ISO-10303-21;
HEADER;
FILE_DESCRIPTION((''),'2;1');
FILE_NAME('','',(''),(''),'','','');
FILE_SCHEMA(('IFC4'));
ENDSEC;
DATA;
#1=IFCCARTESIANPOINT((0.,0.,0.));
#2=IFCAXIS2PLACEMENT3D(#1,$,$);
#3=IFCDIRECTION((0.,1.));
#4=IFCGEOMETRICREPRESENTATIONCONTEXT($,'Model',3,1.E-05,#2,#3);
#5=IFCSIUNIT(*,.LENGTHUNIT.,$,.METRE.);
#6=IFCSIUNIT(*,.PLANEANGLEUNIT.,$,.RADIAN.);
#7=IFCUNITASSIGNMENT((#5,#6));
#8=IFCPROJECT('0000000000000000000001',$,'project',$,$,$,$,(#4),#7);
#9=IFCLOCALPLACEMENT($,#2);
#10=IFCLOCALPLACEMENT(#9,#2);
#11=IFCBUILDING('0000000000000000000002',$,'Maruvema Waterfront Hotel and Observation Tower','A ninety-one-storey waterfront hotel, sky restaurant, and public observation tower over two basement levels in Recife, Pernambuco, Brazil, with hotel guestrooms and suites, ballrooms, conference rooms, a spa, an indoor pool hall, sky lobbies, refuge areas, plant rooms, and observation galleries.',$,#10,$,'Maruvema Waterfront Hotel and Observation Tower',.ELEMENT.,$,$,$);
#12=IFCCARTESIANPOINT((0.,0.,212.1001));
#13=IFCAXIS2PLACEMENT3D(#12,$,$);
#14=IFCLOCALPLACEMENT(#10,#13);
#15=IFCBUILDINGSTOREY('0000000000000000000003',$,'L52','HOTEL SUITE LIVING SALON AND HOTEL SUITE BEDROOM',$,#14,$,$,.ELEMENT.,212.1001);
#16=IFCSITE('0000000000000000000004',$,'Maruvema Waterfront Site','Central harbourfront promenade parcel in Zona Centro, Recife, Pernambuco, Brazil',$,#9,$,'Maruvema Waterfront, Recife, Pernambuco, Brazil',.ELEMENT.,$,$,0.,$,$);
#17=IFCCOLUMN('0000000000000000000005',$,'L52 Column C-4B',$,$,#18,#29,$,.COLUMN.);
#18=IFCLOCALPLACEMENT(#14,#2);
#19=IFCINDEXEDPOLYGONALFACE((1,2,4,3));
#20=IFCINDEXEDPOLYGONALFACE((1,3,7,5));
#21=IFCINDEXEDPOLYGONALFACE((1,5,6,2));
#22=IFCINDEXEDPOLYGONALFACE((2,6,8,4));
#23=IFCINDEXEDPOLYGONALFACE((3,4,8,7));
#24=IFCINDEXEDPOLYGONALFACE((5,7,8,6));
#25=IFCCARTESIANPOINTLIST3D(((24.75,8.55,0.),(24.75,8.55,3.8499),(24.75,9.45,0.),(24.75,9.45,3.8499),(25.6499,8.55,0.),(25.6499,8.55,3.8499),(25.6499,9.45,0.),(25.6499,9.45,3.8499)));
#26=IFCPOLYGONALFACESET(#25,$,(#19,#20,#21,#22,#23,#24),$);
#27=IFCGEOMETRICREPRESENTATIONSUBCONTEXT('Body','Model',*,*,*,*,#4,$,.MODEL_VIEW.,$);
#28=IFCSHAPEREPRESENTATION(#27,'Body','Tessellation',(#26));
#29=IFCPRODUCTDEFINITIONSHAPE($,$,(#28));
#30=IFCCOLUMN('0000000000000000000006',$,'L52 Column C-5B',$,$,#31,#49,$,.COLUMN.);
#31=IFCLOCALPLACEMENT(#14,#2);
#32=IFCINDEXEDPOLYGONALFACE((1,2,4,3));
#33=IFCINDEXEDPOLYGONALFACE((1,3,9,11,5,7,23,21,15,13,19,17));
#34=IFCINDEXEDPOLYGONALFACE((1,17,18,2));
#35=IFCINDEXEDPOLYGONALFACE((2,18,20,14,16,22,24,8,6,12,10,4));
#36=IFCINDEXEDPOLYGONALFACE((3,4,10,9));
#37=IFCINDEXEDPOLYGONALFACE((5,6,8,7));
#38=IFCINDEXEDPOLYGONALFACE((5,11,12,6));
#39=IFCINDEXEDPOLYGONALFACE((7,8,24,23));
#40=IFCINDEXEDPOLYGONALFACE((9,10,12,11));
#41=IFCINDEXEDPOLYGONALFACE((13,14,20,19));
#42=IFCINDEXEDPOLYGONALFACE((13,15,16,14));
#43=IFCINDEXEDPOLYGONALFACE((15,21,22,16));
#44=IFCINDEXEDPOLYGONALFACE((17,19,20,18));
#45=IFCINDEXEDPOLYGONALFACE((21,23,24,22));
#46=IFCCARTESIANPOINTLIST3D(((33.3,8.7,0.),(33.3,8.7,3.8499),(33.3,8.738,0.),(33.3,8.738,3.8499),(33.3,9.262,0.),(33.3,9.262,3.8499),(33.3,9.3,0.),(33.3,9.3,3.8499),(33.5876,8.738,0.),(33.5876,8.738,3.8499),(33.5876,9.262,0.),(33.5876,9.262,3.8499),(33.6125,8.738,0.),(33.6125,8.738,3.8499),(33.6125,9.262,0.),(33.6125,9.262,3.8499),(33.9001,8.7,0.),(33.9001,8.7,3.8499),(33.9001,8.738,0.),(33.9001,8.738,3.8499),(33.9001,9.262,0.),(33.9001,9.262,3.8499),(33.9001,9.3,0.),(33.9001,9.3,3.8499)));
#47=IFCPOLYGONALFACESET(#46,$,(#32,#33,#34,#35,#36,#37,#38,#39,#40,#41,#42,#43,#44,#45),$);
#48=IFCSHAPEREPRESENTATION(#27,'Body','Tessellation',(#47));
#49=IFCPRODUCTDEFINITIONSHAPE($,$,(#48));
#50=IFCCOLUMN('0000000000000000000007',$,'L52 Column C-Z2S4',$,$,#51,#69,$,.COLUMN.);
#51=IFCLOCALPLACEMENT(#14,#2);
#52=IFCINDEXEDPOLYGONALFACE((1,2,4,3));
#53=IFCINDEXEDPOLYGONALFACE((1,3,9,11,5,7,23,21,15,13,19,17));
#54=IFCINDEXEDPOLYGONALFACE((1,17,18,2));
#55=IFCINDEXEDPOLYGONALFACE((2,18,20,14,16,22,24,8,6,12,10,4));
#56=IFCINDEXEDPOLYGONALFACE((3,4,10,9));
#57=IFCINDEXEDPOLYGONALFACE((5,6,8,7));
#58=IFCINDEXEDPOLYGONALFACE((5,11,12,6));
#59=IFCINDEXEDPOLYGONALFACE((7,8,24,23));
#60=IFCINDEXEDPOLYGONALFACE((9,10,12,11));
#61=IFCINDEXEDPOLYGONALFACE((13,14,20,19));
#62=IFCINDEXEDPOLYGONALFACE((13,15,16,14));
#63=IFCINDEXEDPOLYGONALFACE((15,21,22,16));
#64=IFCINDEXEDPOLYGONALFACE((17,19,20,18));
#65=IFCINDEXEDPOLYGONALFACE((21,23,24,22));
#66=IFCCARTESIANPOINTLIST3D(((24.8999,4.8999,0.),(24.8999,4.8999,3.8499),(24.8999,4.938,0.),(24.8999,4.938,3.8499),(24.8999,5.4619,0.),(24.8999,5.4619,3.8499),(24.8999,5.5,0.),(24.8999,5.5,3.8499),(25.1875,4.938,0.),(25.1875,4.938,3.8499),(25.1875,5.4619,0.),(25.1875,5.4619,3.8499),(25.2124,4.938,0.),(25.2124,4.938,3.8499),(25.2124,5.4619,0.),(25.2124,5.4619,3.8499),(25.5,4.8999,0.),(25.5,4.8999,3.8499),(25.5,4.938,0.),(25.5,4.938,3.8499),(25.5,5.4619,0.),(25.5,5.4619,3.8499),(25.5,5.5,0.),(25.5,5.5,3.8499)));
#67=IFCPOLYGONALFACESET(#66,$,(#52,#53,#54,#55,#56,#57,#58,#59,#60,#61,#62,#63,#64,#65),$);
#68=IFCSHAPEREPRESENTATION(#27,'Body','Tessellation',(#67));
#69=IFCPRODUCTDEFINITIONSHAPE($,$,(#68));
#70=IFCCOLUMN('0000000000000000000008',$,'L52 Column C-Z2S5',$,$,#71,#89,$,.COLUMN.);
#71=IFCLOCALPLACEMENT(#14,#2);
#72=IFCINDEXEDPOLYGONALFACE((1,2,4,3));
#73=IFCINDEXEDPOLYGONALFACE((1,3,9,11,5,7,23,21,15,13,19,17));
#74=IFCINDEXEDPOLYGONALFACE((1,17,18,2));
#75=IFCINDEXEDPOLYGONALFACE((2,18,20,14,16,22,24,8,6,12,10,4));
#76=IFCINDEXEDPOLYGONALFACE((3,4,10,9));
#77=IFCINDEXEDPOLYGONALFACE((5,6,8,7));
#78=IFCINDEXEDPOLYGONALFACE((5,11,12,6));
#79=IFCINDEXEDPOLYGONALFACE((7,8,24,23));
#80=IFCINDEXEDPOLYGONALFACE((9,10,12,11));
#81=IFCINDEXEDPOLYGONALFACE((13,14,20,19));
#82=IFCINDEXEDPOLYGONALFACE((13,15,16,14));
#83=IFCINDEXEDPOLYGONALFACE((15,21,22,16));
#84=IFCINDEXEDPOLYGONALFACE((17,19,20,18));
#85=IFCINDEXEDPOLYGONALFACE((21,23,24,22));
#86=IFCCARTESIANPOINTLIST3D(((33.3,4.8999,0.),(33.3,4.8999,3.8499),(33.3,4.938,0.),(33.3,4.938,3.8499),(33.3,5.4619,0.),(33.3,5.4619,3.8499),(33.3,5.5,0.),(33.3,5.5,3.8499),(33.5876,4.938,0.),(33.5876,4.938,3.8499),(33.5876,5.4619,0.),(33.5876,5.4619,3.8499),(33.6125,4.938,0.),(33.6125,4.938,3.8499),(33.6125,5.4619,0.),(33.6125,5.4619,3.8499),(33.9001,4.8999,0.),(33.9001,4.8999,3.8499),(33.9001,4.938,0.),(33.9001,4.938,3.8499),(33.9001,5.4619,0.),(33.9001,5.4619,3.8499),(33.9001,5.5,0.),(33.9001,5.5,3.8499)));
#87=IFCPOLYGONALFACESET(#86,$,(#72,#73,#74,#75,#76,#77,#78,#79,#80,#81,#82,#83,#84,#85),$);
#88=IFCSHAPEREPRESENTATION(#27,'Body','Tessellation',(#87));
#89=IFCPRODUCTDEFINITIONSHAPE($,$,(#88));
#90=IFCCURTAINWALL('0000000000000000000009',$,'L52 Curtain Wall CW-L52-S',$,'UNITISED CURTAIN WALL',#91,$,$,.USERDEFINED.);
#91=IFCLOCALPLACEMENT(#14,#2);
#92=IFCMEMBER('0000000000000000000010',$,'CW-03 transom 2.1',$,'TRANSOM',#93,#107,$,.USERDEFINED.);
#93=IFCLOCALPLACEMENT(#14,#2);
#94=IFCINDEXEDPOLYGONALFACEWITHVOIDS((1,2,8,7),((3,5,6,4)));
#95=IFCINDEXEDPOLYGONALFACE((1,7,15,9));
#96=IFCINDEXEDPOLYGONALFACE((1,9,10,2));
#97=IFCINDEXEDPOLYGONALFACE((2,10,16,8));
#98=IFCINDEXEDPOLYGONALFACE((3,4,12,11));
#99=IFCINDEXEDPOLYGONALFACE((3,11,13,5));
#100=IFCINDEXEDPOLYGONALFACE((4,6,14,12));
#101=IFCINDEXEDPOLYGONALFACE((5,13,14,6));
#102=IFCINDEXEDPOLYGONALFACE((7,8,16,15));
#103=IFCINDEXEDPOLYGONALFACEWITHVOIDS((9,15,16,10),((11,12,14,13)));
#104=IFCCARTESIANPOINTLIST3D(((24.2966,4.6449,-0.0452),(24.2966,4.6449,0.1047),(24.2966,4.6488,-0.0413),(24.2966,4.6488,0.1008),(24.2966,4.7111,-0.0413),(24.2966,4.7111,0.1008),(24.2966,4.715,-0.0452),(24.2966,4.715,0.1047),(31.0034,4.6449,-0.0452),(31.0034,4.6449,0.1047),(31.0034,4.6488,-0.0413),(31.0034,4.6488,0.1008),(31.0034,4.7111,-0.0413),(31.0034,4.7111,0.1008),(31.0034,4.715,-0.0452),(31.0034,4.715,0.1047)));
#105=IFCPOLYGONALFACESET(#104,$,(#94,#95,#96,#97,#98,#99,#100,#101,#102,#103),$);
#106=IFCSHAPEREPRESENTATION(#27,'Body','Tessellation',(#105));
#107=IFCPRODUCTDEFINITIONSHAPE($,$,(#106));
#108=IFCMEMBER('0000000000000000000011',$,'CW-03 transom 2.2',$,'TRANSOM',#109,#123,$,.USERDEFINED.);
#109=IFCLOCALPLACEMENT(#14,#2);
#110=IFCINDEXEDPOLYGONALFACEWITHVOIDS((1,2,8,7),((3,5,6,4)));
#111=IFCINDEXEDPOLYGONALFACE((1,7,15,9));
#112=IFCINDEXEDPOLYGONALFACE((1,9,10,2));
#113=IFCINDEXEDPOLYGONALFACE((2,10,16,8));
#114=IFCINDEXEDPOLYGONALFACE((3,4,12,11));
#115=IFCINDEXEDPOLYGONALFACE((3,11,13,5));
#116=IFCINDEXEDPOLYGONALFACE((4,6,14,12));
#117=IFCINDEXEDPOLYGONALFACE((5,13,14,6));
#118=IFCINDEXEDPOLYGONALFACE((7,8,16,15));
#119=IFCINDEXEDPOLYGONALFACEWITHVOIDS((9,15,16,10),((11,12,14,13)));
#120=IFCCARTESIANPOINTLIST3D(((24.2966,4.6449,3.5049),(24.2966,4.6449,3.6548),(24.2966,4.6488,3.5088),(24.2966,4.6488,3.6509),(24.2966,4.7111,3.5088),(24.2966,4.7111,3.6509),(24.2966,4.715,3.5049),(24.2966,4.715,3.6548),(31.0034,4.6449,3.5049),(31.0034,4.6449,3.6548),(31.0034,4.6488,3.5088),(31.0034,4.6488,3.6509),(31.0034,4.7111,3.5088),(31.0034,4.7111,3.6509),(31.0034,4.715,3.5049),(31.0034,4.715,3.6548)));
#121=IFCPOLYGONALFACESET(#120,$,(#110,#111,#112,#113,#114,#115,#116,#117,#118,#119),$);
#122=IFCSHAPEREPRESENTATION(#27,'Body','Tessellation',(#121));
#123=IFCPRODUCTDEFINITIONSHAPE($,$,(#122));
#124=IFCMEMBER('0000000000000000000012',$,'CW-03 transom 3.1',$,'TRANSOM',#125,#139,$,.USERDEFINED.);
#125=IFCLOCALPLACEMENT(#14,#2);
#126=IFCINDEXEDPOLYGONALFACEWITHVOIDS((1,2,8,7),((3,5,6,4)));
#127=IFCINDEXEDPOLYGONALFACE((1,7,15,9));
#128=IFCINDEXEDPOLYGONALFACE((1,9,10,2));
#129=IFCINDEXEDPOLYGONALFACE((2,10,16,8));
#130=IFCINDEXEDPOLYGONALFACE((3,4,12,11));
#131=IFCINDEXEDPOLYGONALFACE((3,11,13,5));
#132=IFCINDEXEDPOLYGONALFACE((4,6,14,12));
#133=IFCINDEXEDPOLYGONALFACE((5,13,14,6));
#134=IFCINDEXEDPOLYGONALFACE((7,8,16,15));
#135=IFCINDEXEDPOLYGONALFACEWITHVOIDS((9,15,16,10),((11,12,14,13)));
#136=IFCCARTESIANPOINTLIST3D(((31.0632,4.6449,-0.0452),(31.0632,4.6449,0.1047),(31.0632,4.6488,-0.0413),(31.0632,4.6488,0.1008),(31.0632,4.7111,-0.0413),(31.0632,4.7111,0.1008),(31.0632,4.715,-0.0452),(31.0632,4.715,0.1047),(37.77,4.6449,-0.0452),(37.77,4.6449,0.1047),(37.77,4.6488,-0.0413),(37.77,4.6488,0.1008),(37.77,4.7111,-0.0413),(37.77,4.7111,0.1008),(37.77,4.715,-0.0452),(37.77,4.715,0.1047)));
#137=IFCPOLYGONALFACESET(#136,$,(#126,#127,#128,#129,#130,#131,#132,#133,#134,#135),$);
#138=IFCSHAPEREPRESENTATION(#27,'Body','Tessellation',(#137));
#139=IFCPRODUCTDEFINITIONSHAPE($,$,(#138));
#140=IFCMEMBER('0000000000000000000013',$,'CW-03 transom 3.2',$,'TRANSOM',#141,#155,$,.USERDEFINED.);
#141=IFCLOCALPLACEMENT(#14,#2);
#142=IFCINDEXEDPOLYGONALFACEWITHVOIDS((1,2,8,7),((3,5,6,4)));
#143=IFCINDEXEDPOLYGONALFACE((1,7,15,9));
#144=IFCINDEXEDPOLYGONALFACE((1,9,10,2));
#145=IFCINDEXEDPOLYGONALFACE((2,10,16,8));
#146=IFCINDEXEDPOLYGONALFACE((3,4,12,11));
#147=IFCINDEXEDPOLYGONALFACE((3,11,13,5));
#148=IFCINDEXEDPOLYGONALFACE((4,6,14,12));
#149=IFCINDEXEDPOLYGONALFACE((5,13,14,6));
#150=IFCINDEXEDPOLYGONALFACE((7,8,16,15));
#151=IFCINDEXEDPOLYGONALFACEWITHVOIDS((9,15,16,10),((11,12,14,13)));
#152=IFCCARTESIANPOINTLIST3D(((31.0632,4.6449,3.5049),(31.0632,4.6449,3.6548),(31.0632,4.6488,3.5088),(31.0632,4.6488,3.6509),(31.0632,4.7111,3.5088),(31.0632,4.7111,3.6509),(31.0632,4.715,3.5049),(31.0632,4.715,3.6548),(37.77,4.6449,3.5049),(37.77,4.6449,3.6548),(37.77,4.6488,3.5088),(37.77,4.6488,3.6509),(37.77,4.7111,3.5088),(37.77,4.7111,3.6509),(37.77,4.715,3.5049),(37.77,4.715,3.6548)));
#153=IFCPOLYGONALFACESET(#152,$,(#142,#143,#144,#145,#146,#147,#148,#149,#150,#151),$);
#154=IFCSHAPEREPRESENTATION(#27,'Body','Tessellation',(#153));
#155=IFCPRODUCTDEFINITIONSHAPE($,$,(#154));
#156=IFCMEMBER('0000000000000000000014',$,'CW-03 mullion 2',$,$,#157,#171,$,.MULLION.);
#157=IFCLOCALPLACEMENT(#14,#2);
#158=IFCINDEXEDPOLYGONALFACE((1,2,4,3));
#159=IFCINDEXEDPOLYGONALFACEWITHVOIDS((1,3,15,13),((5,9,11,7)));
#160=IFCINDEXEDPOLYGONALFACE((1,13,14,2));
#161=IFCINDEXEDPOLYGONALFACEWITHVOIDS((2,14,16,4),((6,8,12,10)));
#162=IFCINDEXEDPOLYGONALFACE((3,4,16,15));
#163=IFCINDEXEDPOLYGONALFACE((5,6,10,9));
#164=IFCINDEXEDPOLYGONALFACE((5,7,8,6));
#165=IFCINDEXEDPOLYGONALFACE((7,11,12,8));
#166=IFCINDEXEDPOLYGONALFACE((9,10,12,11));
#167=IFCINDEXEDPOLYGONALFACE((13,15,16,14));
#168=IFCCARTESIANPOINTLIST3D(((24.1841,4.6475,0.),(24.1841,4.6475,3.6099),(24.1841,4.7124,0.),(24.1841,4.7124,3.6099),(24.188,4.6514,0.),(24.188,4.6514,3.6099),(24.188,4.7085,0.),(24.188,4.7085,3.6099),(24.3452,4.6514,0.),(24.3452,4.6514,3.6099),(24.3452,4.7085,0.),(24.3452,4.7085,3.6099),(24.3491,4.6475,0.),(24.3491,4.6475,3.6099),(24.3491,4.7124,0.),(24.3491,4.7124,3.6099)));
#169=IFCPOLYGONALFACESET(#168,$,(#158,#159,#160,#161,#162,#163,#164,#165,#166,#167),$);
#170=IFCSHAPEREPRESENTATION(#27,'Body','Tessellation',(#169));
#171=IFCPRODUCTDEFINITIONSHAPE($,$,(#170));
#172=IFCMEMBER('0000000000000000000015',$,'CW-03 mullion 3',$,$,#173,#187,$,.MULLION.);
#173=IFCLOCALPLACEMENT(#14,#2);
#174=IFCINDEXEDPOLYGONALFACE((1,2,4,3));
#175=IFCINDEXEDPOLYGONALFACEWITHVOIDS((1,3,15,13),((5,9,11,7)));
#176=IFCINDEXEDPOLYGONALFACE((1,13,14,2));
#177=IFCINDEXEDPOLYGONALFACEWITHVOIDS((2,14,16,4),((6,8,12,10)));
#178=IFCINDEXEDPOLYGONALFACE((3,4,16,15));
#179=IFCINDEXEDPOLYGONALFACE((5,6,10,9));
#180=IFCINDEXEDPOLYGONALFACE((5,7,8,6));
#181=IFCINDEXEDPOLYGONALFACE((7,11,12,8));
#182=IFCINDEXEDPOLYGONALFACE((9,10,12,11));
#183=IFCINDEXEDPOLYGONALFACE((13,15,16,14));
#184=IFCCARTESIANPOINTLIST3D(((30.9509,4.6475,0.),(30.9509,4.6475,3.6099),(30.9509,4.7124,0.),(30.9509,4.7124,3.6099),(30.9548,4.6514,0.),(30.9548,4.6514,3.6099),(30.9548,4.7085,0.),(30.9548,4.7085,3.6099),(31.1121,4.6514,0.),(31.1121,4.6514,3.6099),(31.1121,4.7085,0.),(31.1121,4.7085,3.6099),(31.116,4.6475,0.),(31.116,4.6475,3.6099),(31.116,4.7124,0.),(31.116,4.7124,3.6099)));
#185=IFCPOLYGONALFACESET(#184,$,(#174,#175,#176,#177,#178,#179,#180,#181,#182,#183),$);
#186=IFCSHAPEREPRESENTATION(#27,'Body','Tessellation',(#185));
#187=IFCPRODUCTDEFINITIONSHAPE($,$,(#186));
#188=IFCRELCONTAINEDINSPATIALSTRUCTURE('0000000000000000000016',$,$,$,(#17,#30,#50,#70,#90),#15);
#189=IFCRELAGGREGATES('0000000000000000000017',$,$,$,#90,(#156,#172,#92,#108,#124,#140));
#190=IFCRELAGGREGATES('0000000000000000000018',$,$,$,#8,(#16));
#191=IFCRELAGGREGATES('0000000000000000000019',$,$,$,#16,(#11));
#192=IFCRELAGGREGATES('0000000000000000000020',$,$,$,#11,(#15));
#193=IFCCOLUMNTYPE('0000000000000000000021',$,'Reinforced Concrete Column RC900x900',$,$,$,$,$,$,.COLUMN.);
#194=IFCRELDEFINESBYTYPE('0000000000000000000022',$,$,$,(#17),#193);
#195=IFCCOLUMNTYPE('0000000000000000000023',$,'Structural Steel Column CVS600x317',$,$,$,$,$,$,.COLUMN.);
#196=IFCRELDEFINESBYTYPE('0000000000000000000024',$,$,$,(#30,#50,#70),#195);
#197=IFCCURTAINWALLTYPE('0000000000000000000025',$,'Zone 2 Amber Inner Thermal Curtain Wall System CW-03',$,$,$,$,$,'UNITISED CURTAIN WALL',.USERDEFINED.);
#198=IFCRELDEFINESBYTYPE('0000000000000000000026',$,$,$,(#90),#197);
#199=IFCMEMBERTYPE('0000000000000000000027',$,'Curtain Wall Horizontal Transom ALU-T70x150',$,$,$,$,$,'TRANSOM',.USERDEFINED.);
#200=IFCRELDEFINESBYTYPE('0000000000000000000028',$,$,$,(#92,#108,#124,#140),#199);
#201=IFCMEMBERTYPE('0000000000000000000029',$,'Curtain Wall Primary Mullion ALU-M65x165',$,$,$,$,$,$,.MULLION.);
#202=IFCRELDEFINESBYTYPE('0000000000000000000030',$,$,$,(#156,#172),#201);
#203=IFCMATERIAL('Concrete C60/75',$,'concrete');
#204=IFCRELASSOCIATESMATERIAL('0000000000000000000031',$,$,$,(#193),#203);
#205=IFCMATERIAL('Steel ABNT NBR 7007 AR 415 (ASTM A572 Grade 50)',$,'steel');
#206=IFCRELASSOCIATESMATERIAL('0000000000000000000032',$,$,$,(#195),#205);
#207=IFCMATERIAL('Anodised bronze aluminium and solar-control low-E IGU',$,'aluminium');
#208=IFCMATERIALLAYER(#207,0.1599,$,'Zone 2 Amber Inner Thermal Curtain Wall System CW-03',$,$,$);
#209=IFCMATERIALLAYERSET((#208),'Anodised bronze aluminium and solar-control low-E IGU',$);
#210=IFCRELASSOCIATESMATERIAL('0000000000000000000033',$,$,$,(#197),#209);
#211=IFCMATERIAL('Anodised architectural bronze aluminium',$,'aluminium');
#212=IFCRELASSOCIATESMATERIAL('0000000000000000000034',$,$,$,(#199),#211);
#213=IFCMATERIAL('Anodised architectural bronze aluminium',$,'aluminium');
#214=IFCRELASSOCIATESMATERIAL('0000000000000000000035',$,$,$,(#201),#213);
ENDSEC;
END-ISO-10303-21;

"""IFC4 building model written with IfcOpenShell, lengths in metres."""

from ifc_helpers import new_model, si_unit, direction, frame, origin, origin_2d, place, context, subcontext, project, spatial, rectangle, hollow_rectangle, i_section, extrude, material, layer, layer_set, material_profile, profile_set, type_object, element, aggregate, save


model = new_model("IFC4")

# Units and contexts
model_context = context("Model", 3, precision=1e-05, world=origin(), true_north=direction((0.0, 1.0)))
body_context = subcontext(model_context, "Body", "Model", "MODEL_VIEW")
ifc_project = project(units=[si_unit("LENGTHUNIT", "METRE"), si_unit("PLANEANGLEUNIT", "RADIAN")], contexts=[model_context])

# Site, building, storey
site_placement = place(None, origin())
site = spatial("IfcSite", under=ifc_project, at=site_placement, Name="Maruvema Waterfront Site", Description="Central harbourfront promenade parcel in Zona Centro, Recife, Pernambuco, Brazil", LongName="Maruvema Waterfront, Recife, Pernambuco, Brazil", CompositionType="ELEMENT", RefElevation=0.0)
building_placement = place(site_placement, origin())
building = spatial("IfcBuilding", under=site, at=building_placement, Name="Maruvema Waterfront Hotel and Observation Tower", Description="A ninety-one-storey waterfront hotel, sky restaurant, and public observation tower over two basement levels in Recife, Pernambuco, Brazil, with hotel guestrooms and suites, ballrooms, conference rooms, a spa, an indoor pool hall, sky lobbies, refuge areas, plant rooms, and observation galleries.", LongName="Maruvema Waterfront Hotel and Observation Tower", CompositionType="ELEMENT")
storey_placement = place(building_placement, frame((0.0, 0.0, 212.1001)))
storey = spatial("IfcBuildingStorey", under=building, at=storey_placement, Name="L52", Description="HOTEL SUITE LIVING SALON AND HOTEL SUITE BEDROOM", CompositionType="ELEMENT", Elevation=212.1001)

# Columns
ifc_material_1 = material(Name="Concrete C60/75", Category="concrete")
ifc_material_profile_1 = material_profile(ifc_material_1, rectangle(XDim=0.8999, YDim=0.8999, at=origin_2d()), Name="RC900x900")
ifc_profile_set_1 = profile_set([ifc_material_profile_1], Name="Concrete C60/75")
column_type_1 = type_object("IfcColumnType", Name="Reinforced Concrete Column RC900x900", PredefinedType="COLUMN", material=ifc_profile_set_1)
column_placement = place(storey_placement, frame((25.2, 9.0, 0.0), z_axis=(0.0, 0.0, 1.0), x_axis=(1.0, 0.0, 0.0)))
element("IfcColumn", 1, at=column_placement, inside=storey, type_object=column_type_1, Name="L52 Column C-4B", PredefinedType="COLUMN", context=body_context, shape_type="SweptSolid", body=[
    extrude(rectangle(XDim=0.8999, YDim=0.8999, at=origin_2d()), origin(), (0.0, 0.0, 1.0), 3.8499),
])
ifc_material_2 = material(Name="Steel ABNT NBR 7007 AR 415 (ASTM A572 Grade 50)", Category="steel")
ifc_material_profile_2 = material_profile(ifc_material_2, i_section(OverallWidth=0.6001, OverallDepth=0.6001, WebThickness=0.0249, FlangeThickness=0.0381, at=origin_2d()), Name="CVS600x317")
ifc_profile_set_2 = profile_set([ifc_material_profile_2], Name="Steel ABNT NBR 7007 AR 415 (ASTM A572 Grade 50)")
column_type_2 = type_object("IfcColumnType", Name="Structural Steel Column CVS600x317", PredefinedType="COLUMN", material=ifc_profile_set_2)
for number, where, z_axis, x_axis, name in (
    (2, (33.6001, 9.0, 0.0), (0.0, 0.0, 1.0), (1.0, 0.0, 0.0), "L52 Column C-5B"),
    (3, (25.2, 5.2, 0.0), (0.0, 0.0, 1.0), (1.0, 0.0, 0.0), "L52 Column C-Z2S4"),
    (4, (33.6001, 5.2, 0.0), (0.0, 0.0, 1.0), (1.0, 0.0, 0.0), "L52 Column C-Z2S5"),
):
    element("IfcColumn", number, at=place(storey_placement, frame(where, z_axis=z_axis, x_axis=x_axis)), inside=storey, type_object=column_type_2, Name=name, PredefinedType="COLUMN", context=body_context, shape_type="SweptSolid", body=[
        extrude(i_section(OverallWidth=0.6001, OverallDepth=0.6001, WebThickness=0.0249, FlangeThickness=0.0381, at=origin_2d()), origin(), (0.0, 0.0, 1.0), 3.8499),
    ])

# Curtain wall, members
ifc_material_3 = material(Name="Anodised bronze aluminium and solar-control low-E IGU", Category="aluminium")
ifc_layer_1 = layer(ifc_material_3, 0.1599, Name="Zone 2 Amber Inner Thermal Curtain Wall System CW-03")
ifc_layer_set_1 = layer_set([ifc_layer_1], Name="Anodised bronze aluminium and solar-control low-E IGU")
curtain_wall_type = type_object("IfcCurtainWallType", Name="Zone 2 Amber Inner Thermal Curtain Wall System CW-03", ElementType="UNITISED CURTAIN WALL", PredefinedType="USERDEFINED", material=ifc_layer_set_1)
curtain_wall_placement = place(storey_placement, origin())
curtain_wall = element("IfcCurtainWall", 5, at=curtain_wall_placement, inside=storey, type_object=curtain_wall_type, Name="L52 Curtain Wall CW-L52-S", ObjectType="UNITISED CURTAIN WALL", PredefinedType="USERDEFINED")
ifc_material_4 = material(Name="Anodised architectural bronze aluminium", Category="aluminium")
ifc_material_profile_3 = material_profile(ifc_material_4, hollow_rectangle(XDim=0.0701, YDim=0.1499, WallThickness=0.0039, at=origin_2d()), Name="ALU-T70x150")
ifc_profile_set_3 = profile_set([ifc_material_profile_3], Name="Anodised architectural bronze aluminium")
member_type_1 = type_object("IfcMemberType", Name="Curtain Wall Horizontal Transom ALU-T70x150", ElementType="TRANSOM", PredefinedType="USERDEFINED", material=ifc_profile_set_3)
member_1_placement = place(storey_placement, frame((24.2966, 4.6799, 0.0298), z_axis=(1.0, 0.0, 0.0), x_axis=(0.0, 1.0, 0.0)))
member_1 = element("IfcMember", 6, at=member_1_placement, type_object=member_type_1, Name="CW-03 transom 2.1", ObjectType="TRANSOM", PredefinedType="USERDEFINED", context=body_context, shape_type="SweptSolid", body=[
    extrude(hollow_rectangle(XDim=0.0701, YDim=0.1499, WallThickness=0.0039, at=origin_2d()), origin(), (0.0, 0.0, 1.0), 6.7068),
])
member_2_placement = place(storey_placement, frame((24.2966, 4.6799, 3.5798), z_axis=(1.0, 0.0, 0.0), x_axis=(0.0, 1.0, 0.0)))
member_2 = element("IfcMember", 7, at=member_2_placement, type_object=member_type_1, Name="CW-03 transom 2.2", ObjectType="TRANSOM", PredefinedType="USERDEFINED", context=body_context, shape_type="SweptSolid", body=[
    extrude(hollow_rectangle(XDim=0.0701, YDim=0.1499, WallThickness=0.0039, at=origin_2d()), origin(), (0.0, 0.0, 1.0), 6.7068),
])
member_3_placement = place(storey_placement, frame((31.0632, 4.6799, 0.0298), z_axis=(1.0, 0.0, 0.0), x_axis=(0.0, 1.0, 0.0)))
member_3 = element("IfcMember", 8, at=member_3_placement, type_object=member_type_1, Name="CW-03 transom 3.1", ObjectType="TRANSOM", PredefinedType="USERDEFINED", context=body_context, shape_type="SweptSolid", body=[
    extrude(hollow_rectangle(XDim=0.0701, YDim=0.1499, WallThickness=0.0039, at=origin_2d()), origin(), (0.0, 0.0, 1.0), 6.7068),
])
member_4_placement = place(storey_placement, frame((31.0632, 4.6799, 3.5798), z_axis=(1.0, 0.0, 0.0), x_axis=(0.0, 1.0, 0.0)))
member_4 = element("IfcMember", 9, at=member_4_placement, type_object=member_type_1, Name="CW-03 transom 3.2", ObjectType="TRANSOM", PredefinedType="USERDEFINED", context=body_context, shape_type="SweptSolid", body=[
    extrude(hollow_rectangle(XDim=0.0701, YDim=0.1499, WallThickness=0.0039, at=origin_2d()), origin(), (0.0, 0.0, 1.0), 6.7068),
])
ifc_material_5 = material(Name="Anodised architectural bronze aluminium", Category="aluminium")
ifc_material_profile_4 = material_profile(ifc_material_5, hollow_rectangle(XDim=0.0649, YDim=0.165, WallThickness=0.0039, at=origin_2d()), Name="ALU-M65x165")
ifc_profile_set_4 = profile_set([ifc_material_profile_4], Name="Anodised architectural bronze aluminium")
member_type_2 = type_object("IfcMemberType", Name="Curtain Wall Primary Mullion ALU-M65x165", PredefinedType="MULLION", material=ifc_profile_set_4)
member_5_placement = place(storey_placement, frame((24.2666, 4.6799, 0.0), z_axis=(0.0, 0.0, 1.0), x_axis=(0.0, 1.0, 0.0)))
member_5 = element("IfcMember", 10, at=member_5_placement, type_object=member_type_2, Name="CW-03 mullion 2", PredefinedType="MULLION", context=body_context, shape_type="SweptSolid", body=[
    extrude(hollow_rectangle(XDim=0.0649, YDim=0.165, WallThickness=0.0039, at=origin_2d()), origin(), (0.0, 0.0, 1.0), 3.6099),
])
member_6_placement = place(storey_placement, frame((31.0334, 4.6799, 0.0), z_axis=(0.0, 0.0, 1.0), x_axis=(0.0, 1.0, 0.0)))
member_6 = element("IfcMember", 11, at=member_6_placement, type_object=member_type_2, Name="CW-03 mullion 3", PredefinedType="MULLION", context=body_context, shape_type="SweptSolid", body=[
    extrude(hollow_rectangle(XDim=0.0649, YDim=0.165, WallThickness=0.0039, at=origin_2d()), origin(), (0.0, 0.0, 1.0), 3.6099),
])

aggregate(curtain_wall, [member_5, member_6, member_1, member_2, member_3, member_4])

save(model, "model.ifc")
